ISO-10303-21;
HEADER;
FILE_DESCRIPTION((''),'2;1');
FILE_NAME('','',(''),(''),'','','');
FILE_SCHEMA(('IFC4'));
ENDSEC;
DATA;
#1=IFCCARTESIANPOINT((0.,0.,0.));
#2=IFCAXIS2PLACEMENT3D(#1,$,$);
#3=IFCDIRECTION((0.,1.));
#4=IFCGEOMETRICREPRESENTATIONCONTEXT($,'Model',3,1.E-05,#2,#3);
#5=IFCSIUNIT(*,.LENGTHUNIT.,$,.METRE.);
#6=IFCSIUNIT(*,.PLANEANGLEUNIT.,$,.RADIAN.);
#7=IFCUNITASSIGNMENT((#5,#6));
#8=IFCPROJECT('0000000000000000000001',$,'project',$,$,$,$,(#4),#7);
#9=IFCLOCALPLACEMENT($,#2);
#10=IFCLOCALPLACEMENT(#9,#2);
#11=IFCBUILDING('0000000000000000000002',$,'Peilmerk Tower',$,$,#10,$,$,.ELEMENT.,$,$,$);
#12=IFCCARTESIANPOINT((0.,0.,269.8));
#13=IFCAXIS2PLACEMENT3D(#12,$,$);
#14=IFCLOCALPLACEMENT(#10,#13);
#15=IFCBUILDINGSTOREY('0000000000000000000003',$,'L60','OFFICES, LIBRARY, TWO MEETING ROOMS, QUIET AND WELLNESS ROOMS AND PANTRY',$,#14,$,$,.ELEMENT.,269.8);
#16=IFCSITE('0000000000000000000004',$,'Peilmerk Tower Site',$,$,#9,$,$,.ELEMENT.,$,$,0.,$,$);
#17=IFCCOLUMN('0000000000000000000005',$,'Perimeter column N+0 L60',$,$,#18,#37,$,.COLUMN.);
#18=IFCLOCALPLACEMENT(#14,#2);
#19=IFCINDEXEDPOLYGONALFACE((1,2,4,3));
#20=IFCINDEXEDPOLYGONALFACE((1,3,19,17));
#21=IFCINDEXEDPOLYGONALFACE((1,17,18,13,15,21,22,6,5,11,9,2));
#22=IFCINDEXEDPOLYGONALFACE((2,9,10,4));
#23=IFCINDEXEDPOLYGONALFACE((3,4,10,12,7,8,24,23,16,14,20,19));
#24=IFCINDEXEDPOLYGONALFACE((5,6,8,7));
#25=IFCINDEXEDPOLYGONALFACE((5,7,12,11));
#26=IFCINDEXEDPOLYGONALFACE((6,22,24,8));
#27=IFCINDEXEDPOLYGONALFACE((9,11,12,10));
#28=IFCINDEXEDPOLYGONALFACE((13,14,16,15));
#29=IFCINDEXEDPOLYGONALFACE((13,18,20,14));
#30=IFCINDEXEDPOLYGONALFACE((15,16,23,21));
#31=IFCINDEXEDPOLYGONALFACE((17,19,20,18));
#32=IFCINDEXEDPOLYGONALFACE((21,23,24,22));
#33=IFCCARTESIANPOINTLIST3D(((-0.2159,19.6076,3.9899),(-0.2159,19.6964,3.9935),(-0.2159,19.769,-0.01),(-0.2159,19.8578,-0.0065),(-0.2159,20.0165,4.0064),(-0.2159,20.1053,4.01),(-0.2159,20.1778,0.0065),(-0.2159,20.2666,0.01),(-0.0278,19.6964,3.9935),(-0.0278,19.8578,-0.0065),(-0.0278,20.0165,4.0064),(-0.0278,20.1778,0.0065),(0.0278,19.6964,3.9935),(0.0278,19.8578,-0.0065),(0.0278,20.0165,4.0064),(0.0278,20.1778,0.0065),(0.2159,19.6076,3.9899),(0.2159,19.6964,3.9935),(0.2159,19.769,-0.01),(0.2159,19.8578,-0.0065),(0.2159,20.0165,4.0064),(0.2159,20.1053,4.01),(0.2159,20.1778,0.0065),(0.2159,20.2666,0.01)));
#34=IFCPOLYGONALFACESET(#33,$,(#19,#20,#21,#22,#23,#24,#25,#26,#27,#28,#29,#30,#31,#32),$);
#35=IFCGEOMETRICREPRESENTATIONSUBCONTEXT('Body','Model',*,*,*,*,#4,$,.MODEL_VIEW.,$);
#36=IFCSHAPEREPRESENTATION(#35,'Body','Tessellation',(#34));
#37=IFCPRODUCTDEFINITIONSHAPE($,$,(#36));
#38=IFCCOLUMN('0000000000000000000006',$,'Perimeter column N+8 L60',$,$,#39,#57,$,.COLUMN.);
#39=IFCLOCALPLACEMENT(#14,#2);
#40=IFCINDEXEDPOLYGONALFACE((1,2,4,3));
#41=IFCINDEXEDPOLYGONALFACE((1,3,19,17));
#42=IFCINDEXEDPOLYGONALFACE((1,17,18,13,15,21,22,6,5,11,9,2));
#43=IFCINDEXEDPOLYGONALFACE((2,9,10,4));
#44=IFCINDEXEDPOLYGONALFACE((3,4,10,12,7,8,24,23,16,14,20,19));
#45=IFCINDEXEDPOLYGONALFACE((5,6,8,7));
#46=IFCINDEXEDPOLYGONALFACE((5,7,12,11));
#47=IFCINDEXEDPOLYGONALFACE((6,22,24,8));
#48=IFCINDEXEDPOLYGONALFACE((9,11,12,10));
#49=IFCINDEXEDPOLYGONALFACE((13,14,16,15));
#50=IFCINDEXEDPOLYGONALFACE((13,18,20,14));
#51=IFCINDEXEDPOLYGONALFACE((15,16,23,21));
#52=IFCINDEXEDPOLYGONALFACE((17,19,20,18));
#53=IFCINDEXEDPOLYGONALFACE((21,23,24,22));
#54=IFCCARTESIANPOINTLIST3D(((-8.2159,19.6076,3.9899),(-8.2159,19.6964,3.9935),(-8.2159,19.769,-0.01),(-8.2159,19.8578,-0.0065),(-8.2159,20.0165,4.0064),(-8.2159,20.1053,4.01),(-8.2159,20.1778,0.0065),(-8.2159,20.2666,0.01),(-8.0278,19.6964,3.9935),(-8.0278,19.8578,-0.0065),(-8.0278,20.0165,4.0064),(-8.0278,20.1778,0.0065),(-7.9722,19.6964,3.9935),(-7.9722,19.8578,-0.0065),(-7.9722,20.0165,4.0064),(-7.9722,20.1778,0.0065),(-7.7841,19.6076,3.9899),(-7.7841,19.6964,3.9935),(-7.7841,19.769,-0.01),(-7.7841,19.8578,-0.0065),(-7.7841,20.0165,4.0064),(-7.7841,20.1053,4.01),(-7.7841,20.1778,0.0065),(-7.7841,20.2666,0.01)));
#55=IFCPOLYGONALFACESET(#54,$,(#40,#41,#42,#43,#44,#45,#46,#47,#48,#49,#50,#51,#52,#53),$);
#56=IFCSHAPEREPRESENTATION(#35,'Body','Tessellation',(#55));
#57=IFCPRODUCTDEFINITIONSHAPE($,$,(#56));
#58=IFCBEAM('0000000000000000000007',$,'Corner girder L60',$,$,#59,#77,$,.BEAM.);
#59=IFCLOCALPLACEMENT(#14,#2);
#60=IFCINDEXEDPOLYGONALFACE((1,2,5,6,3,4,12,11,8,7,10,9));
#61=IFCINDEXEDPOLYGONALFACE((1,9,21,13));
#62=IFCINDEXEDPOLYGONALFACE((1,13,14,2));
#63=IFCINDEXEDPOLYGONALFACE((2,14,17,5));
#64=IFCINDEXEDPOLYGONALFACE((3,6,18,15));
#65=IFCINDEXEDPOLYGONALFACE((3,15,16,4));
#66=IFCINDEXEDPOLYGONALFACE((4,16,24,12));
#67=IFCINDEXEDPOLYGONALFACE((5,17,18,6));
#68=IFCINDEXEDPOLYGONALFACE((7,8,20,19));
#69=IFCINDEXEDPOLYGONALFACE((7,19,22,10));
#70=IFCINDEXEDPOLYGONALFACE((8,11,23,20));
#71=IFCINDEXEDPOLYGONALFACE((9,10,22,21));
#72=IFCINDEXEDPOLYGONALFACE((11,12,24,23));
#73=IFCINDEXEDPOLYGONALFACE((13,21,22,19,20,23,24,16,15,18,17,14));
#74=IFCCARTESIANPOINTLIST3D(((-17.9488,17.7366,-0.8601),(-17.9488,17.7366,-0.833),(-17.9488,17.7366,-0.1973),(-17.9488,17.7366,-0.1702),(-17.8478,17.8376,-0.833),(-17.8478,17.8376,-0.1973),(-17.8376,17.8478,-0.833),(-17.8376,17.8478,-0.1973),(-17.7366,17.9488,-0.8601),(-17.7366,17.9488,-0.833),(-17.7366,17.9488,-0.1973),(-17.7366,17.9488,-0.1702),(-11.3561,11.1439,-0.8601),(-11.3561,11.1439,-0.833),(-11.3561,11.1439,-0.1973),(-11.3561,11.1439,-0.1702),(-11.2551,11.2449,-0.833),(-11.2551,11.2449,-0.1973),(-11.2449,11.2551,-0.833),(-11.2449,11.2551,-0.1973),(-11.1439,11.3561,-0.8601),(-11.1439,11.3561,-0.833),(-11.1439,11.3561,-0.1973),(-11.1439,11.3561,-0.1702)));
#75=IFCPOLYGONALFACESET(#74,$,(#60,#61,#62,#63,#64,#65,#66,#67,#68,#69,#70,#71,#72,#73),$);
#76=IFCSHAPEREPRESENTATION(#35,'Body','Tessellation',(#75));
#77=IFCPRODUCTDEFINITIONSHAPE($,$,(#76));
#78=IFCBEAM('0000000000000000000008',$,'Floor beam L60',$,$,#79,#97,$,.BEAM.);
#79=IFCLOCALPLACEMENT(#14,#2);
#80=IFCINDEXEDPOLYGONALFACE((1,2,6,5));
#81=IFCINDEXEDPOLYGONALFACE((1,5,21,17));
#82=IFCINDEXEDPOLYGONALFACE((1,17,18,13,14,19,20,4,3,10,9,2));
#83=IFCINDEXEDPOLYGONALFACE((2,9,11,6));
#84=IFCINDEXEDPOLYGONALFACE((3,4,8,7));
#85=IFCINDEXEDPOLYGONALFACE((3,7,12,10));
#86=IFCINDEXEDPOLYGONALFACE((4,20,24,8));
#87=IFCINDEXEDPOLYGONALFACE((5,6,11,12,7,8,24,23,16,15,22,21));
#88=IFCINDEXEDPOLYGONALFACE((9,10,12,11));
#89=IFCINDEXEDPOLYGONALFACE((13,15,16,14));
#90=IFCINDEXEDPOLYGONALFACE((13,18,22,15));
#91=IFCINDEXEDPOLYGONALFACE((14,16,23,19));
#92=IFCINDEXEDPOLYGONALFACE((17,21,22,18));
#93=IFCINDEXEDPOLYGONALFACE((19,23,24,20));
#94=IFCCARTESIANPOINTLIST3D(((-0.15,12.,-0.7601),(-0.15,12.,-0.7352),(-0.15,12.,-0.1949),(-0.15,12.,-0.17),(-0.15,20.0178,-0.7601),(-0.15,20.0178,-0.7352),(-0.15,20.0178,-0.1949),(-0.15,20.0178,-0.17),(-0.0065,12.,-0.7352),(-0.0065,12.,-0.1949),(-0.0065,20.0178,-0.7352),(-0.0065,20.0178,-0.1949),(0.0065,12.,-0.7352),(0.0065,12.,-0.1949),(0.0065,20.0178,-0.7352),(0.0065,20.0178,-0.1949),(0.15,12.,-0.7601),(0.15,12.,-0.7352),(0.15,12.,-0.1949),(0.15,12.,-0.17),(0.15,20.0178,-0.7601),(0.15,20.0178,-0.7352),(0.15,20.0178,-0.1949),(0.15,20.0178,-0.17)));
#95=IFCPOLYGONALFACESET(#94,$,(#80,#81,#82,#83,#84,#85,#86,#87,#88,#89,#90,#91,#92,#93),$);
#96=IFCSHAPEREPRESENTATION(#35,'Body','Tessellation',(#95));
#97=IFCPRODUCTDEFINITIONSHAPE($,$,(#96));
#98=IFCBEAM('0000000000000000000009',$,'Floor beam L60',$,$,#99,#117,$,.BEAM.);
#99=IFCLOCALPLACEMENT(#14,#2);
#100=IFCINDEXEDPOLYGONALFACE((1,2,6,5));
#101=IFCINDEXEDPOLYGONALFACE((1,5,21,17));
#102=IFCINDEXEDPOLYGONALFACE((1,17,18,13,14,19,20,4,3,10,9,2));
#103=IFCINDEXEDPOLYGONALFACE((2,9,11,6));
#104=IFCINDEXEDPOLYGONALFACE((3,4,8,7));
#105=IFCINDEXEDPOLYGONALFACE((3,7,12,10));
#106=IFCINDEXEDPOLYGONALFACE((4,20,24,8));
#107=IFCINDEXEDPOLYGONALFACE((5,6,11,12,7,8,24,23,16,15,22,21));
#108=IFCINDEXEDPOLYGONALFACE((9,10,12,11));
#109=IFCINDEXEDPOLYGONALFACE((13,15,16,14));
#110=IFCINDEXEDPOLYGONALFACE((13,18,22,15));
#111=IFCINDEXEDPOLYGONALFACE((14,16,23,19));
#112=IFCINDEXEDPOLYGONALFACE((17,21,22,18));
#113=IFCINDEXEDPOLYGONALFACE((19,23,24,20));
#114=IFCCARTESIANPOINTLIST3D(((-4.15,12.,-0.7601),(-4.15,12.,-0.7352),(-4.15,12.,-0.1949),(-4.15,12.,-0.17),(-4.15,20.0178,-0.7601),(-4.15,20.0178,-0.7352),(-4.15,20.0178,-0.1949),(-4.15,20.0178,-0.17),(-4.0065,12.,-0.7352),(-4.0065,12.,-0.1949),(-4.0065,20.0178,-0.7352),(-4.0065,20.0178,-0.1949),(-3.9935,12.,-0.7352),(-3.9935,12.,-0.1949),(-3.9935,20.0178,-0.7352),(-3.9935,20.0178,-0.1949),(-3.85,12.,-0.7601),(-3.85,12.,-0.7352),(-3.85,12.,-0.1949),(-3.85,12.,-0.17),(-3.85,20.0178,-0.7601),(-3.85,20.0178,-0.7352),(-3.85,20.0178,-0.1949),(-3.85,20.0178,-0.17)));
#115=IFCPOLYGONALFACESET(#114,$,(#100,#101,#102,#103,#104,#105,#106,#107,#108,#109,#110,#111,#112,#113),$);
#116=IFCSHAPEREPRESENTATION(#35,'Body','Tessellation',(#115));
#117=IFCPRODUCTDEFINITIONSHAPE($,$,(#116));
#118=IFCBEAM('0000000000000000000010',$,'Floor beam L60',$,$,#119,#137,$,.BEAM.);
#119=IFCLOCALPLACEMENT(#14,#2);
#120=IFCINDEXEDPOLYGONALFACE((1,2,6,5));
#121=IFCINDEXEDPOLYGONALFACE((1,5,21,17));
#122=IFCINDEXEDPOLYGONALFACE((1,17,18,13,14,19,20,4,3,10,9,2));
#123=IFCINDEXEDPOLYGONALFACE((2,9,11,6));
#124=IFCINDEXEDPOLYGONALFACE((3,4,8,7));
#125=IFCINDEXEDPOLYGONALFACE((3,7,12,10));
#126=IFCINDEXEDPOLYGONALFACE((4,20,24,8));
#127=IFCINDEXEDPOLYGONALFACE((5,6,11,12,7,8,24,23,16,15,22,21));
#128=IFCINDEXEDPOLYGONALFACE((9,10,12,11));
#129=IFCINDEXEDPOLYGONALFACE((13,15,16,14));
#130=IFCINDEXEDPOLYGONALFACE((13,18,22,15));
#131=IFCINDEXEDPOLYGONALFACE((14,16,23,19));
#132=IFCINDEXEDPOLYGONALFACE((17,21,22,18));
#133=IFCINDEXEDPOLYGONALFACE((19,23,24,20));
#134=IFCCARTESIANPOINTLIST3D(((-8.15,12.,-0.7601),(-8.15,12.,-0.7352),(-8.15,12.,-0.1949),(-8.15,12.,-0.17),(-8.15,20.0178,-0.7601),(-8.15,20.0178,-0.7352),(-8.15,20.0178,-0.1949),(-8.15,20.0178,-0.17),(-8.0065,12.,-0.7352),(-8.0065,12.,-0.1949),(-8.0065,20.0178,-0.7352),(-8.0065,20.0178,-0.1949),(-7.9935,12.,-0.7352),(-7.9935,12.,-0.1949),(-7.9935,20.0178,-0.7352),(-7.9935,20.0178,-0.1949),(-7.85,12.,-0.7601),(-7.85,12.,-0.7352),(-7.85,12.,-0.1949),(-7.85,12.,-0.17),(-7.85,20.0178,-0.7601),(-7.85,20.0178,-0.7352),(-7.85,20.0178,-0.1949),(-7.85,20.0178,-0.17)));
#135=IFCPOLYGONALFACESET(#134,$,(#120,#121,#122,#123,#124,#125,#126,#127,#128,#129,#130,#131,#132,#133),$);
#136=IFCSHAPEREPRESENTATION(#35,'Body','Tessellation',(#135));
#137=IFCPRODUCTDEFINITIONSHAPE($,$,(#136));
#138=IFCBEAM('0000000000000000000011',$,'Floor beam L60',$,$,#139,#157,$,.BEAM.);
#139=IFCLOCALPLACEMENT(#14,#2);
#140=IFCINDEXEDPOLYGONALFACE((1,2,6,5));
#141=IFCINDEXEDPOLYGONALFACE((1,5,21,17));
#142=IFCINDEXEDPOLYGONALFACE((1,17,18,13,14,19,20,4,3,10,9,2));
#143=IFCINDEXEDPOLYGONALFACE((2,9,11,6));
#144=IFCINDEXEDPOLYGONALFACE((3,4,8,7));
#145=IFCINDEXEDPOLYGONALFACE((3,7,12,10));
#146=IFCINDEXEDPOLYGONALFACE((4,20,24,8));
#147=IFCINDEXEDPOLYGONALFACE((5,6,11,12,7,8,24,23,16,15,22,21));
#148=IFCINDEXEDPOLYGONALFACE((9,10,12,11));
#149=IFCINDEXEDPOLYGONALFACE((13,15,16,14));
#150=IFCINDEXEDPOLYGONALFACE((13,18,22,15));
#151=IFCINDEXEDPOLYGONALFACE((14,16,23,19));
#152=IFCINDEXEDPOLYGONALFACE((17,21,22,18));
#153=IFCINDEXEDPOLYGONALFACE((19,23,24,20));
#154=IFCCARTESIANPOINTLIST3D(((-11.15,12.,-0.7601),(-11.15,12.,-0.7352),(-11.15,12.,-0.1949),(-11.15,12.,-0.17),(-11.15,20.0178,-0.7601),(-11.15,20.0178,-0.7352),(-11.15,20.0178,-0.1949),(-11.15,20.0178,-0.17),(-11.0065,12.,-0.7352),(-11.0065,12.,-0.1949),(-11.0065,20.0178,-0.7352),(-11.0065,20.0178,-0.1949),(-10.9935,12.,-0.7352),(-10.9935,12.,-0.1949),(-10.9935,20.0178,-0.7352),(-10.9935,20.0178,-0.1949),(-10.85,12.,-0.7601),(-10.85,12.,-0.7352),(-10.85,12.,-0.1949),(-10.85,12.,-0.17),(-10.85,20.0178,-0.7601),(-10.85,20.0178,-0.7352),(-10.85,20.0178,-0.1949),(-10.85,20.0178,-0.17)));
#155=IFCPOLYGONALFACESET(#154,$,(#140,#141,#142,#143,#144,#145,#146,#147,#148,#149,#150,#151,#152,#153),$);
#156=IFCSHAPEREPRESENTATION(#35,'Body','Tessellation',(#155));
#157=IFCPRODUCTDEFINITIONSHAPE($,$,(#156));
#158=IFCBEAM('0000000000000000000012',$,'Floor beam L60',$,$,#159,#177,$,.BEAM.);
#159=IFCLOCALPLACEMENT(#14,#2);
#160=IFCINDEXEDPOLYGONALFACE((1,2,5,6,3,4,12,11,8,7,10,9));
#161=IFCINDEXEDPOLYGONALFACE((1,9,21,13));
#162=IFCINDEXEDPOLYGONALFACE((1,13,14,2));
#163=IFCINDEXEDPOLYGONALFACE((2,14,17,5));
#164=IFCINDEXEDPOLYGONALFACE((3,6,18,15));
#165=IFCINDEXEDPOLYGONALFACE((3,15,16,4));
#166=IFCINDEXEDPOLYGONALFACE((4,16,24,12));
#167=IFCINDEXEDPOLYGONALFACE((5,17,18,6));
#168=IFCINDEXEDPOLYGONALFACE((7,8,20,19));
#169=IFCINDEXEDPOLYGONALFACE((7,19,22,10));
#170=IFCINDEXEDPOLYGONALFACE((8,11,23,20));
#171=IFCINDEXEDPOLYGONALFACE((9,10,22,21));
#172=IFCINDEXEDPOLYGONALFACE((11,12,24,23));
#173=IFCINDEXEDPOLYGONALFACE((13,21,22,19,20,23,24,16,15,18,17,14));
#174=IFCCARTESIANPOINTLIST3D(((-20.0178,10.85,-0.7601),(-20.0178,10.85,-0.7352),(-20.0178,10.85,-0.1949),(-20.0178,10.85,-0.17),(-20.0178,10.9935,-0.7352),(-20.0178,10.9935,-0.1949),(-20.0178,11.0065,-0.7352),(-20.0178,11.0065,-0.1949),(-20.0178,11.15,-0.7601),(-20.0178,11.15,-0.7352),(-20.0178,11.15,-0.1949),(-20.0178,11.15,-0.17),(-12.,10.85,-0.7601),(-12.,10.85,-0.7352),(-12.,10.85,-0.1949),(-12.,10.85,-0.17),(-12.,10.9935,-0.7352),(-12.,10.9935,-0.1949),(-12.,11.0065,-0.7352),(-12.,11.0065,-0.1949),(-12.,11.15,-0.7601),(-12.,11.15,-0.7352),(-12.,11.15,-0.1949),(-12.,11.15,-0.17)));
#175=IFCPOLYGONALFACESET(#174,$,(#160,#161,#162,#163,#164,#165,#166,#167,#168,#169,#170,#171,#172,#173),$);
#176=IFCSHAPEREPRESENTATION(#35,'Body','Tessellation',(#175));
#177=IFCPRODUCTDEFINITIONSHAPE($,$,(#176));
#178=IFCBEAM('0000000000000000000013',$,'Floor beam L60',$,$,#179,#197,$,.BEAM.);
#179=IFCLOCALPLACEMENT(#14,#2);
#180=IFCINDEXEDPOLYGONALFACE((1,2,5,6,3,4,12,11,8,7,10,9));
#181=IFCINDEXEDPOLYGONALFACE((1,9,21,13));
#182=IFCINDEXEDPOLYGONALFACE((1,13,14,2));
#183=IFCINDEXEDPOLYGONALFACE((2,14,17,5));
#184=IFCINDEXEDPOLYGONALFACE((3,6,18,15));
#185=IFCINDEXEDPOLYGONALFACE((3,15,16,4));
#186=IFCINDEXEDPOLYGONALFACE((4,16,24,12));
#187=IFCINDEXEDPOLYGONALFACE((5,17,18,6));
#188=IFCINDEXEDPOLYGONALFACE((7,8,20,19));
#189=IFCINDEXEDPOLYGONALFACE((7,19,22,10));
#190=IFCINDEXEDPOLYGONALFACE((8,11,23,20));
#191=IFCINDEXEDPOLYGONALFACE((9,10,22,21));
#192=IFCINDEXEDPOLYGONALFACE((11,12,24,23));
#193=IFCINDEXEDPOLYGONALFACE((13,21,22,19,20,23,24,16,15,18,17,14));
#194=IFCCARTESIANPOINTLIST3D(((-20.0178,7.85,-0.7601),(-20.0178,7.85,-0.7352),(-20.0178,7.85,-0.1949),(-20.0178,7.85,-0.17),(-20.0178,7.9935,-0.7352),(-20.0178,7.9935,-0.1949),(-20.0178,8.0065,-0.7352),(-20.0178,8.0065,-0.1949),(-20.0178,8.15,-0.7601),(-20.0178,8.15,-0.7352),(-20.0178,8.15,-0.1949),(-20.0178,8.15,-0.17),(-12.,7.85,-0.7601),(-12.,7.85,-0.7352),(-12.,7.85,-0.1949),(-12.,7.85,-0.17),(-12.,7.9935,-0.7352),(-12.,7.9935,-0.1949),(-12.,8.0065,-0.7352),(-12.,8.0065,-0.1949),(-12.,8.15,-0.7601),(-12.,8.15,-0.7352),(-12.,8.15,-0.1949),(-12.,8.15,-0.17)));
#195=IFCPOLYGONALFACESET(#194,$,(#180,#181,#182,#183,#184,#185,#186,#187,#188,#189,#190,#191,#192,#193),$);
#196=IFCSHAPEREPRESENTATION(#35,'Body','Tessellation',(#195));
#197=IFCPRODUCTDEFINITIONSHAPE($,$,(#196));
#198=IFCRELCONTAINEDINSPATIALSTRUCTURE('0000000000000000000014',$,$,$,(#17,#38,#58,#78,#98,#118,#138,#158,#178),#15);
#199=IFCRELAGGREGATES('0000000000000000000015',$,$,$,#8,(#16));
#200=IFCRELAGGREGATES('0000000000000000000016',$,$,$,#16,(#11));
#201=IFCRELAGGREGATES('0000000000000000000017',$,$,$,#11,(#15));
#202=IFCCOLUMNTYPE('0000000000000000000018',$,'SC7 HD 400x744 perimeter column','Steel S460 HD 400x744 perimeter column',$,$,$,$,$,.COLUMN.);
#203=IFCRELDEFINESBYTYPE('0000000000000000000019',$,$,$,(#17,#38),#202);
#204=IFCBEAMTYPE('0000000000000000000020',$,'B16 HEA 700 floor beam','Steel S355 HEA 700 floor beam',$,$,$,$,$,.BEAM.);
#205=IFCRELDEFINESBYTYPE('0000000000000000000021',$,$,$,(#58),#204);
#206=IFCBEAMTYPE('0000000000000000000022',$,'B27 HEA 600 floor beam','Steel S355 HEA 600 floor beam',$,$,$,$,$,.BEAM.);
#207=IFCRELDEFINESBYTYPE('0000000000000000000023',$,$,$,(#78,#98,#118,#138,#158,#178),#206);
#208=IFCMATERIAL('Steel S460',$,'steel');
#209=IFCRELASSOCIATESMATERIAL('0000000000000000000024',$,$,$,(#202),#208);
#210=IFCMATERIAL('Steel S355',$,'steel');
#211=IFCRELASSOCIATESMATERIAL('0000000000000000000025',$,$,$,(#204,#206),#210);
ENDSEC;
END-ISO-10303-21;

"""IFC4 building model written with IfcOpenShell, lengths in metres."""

from ifc_helpers import new_model, si_unit, direction, frame, origin, origin_2d, place, context, subcontext, project, spatial, i_section, extrude, material, material_profile, profile_set, type_object, element, save


model = new_model("IFC4")

# Units and contexts
model_context = context("Model", 3, precision=1e-05, world=origin(), true_north=direction((0.0, 1.0)))
body_context = subcontext(model_context, "Body", "Model", "MODEL_VIEW")
ifc_project = project(units=[si_unit("LENGTHUNIT", "METRE"), si_unit("PLANEANGLEUNIT", "RADIAN")], contexts=[model_context])

# Site, building, storey
site_placement = place(None, origin())
site = spatial("IfcSite", under=ifc_project, at=site_placement, Name="Peilmerk Tower Site", CompositionType="ELEMENT", RefElevation=0.0)
building_placement = place(site_placement, origin())
building = spatial("IfcBuilding", under=site, at=building_placement, Name="Peilmerk Tower", CompositionType="ELEMENT")
storey_placement = place(building_placement, frame((0.0, 0.0, 269.8)))
storey = spatial("IfcBuildingStorey", under=building, at=storey_placement, Name="L60", Description="OFFICES, LIBRARY, TWO MEETING ROOMS, QUIET AND WELLNESS ROOMS AND PANTRY", CompositionType="ELEMENT", Elevation=269.8)

# Columns
ifc_material_1 = material(Name="Steel S460", Category="steel")
ifc_material_profile_1 = material_profile(ifc_material_1, i_section(OverallWidth=0.4319, OverallDepth=0.498, WebThickness=0.0557, FlangeThickness=0.0889, at=origin_2d()), Name="HD 400x744")
ifc_profile_set_1 = profile_set([ifc_material_profile_1], Name="Steel S460")
column_type = type_object("IfcColumnType", Name="SC7 HD 400x744 perimeter column", Description="Steel S460 HD 400x744 perimeter column", PredefinedType="COLUMN", material=ifc_profile_set_1)
for number, where, z_axis, x_axis, name in (
    (1, (0.0, 20.0178, 0.0), (0.0, -0.040311, 0.999187), (1.0, 0.0, 0.0), "Perimeter column N+0 L60"),
    (2, (-8.0, 20.0178, 0.0), (0.0, -0.040311, 0.999187), (1.0, 0.0, 0.0), "Perimeter column N+8 L60"),
):
    element("IfcColumn", number, at=place(storey_placement, frame(where, z_axis=z_axis, x_axis=x_axis)), inside=storey, type_object=column_type, Name=name, PredefinedType="COLUMN", context=body_context, shape_type="SweptSolid", body=[
        extrude(i_section(OverallWidth=0.4319, OverallDepth=0.498, WebThickness=0.0557, FlangeThickness=0.0889, at=origin_2d()), origin(), (0.0, 0.0, 1.0), 4.0032),
    ])

# Beams
ifc_material_2 = material(Name="Steel S355", Category="steel")
ifc_material_profile_2 = material_profile(ifc_material_2, i_section(OverallWidth=0.3, OverallDepth=0.6899, WebThickness=0.0144, FlangeThickness=0.0271, at=origin_2d()), Name="HEA 700")
ifc_profile_set_2 = profile_set([ifc_material_profile_2], Name="Steel S355")
beam_type_1 = type_object("IfcBeamType", Name="B16 HEA 700 floor beam", Description="Steel S355 HEA 700 floor beam", PredefinedType="BEAM", material=ifc_profile_set_2)
beam_1_placement = place(storey_placement, frame((-11.25, 11.25, -0.5151), z_axis=(-0.707107, 0.707107, 0.0), x_axis=(-0.707107, -0.707107, 0.0)))
element("IfcBeam", 3, at=beam_1_placement, inside=storey, type_object=beam_type_1, Name="Corner girder L60", PredefinedType="BEAM", context=body_context, shape_type="SweptSolid", body=[
    extrude(i_section(OverallWidth=0.3, OverallDepth=0.6899, WebThickness=0.0144, FlangeThickness=0.0271, at=origin_2d()), origin(), (0.0, 0.0, 1.0), 9.3235),
])
ifc_material_profile_3 = material_profile(ifc_material_2, i_section(OverallWidth=0.3, OverallDepth=0.5901, WebThickness=0.0129, FlangeThickness=0.0249, at=origin_2d()), Name="HEA 600")
ifc_profile_set_3 = profile_set([ifc_material_profile_3], Name="Steel S355")
beam_type_2 = type_object("IfcBeamType", Name="B27 HEA 600 floor beam", Description="Steel S355 HEA 600 floor beam", PredefinedType="BEAM", material=ifc_profile_set_3)
for number, where, z_axis, x_axis, name in (
    (4, (0.0, 12.0, -0.4651), (0.0, 1.0, 0.0), (-1.0, 0.0, 0.0), "Floor beam L60"),
    (5, (-4.0, 12.0, -0.4651), (0.0, 1.0, 0.0), (-1.0, 0.0, 0.0), "Floor beam L60"),
    (6, (-8.0, 12.0, -0.4651), (0.0, 1.0, 0.0), (-1.0, 0.0, 0.0), "Floor beam L60"),
    (7, (-11.0, 12.0, -0.4651), (0.0, 1.0, 0.0), (-1.0, 0.0, 0.0), "Floor beam L60"),
    (8, (-12.0, 11.0, -0.4651), (-1.0, 0.0, 0.0), (0.0, -1.0, 0.0), "Floor beam L60"),
    (9, (-12.0, 8.0, -0.4651), (-1.0, 0.0, 0.0), (0.0, -1.0, 0.0), "Floor beam L60"),
):
    element("IfcBeam", number, at=place(storey_placement, frame(where, z_axis=z_axis, x_axis=x_axis)), inside=storey, type_object=beam_type_2, Name=name, PredefinedType="BEAM", context=body_context, shape_type="SweptSolid", body=[
        extrude(i_section(OverallWidth=0.3, OverallDepth=0.5901, WebThickness=0.0129, FlangeThickness=0.0249, at=origin_2d()), origin(), (0.0, 0.0, 1.0), 8.0178),
    ])

save(model, "model.ifc")
